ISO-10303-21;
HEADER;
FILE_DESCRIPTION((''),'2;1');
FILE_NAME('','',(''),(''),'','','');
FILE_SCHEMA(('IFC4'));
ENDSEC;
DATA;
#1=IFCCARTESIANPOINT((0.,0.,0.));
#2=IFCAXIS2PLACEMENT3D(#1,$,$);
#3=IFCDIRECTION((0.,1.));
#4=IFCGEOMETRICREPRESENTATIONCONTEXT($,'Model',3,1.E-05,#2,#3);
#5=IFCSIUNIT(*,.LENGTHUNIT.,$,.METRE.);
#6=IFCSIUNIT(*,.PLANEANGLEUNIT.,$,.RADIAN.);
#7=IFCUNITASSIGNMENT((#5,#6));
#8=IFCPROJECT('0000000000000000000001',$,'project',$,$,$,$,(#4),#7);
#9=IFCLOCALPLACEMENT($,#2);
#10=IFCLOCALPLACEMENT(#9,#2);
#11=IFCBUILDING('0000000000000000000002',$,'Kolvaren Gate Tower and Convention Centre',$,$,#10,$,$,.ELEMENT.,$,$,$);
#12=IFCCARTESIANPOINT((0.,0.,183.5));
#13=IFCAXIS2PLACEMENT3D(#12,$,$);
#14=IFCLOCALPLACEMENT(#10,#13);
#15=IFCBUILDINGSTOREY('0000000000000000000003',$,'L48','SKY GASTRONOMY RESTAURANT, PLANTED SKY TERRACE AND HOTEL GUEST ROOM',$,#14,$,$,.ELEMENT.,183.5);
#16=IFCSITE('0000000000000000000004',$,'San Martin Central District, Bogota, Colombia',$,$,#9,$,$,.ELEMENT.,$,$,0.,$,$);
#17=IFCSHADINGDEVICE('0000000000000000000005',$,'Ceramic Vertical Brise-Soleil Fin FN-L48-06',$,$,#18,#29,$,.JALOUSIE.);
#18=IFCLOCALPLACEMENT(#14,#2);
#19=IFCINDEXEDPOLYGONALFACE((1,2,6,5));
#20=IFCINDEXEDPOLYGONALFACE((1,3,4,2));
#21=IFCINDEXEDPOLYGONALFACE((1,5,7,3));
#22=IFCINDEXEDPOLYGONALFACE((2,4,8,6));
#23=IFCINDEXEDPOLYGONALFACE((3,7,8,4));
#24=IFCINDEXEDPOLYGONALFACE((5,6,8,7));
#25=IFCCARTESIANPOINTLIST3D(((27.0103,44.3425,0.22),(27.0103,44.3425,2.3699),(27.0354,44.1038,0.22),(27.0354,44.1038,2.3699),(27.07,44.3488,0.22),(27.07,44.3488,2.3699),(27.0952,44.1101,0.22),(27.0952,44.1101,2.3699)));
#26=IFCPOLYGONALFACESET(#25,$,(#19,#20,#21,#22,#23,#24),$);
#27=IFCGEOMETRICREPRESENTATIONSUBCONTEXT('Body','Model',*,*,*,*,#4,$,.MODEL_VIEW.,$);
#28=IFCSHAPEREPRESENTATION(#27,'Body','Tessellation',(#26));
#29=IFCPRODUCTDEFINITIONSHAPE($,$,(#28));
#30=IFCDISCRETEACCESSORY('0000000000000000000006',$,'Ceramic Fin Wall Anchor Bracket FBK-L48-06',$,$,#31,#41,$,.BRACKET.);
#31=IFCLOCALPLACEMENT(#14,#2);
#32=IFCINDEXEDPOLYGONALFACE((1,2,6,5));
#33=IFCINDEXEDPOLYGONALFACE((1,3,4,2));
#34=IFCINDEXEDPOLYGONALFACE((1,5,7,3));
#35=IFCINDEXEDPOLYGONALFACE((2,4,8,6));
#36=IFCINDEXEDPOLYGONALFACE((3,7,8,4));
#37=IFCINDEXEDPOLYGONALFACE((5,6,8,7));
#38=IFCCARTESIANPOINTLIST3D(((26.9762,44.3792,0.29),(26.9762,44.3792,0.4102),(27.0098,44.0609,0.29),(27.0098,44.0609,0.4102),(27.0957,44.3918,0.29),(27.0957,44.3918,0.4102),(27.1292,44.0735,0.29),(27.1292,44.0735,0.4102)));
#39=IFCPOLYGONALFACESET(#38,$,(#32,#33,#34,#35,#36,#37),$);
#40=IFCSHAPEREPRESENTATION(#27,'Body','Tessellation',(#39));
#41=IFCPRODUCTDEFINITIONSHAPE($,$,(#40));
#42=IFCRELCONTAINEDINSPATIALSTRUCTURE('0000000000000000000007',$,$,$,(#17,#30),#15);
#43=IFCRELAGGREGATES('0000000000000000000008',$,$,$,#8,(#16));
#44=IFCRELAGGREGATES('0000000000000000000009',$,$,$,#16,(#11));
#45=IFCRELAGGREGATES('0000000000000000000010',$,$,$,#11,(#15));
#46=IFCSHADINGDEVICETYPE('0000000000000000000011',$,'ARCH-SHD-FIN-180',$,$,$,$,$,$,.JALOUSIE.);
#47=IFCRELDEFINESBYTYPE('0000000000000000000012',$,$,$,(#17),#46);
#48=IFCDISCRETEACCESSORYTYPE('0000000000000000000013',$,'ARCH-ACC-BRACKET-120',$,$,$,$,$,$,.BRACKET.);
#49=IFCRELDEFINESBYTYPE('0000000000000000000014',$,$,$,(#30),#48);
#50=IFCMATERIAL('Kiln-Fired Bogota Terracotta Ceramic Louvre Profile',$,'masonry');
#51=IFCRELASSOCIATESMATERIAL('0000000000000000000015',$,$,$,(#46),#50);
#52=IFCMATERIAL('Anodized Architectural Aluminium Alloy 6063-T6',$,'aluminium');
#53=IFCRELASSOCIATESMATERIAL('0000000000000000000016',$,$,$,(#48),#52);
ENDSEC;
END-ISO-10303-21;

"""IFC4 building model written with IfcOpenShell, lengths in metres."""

from ifc_helpers import new_model, si_unit, direction, frame, origin, origin_2d, place, context, subcontext, project, spatial, rectangle, extrude, material, type_object, element, save


model = new_model("IFC4")

# Units and contexts
model_context = context("Model", 3, precision=1e-05, world=origin(), true_north=direction((0.0, 1.0)))
body_context = subcontext(model_context, "Body", "Model", "MODEL_VIEW")
ifc_project = project(units=[si_unit("LENGTHUNIT", "METRE"), si_unit("PLANEANGLEUNIT", "RADIAN")], contexts=[model_context])

# Site, building, storey
site_placement = place(None, origin())
site = spatial("IfcSite", under=ifc_project, at=site_placement, Name="San Martin Central District, Bogota, Colombia", CompositionType="ELEMENT", RefElevation=0.0)
building_placement = place(site_placement, origin())
building = spatial("IfcBuilding", under=site, at=building_placement, Name="Kolvaren Gate Tower and Convention Centre", CompositionType="ELEMENT")
storey_placement = place(building_placement, frame((0.0, 0.0, 183.5)))
storey = spatial("IfcBuildingStorey", under=building, at=storey_placement, Name="L48", Description="SKY GASTRONOMY RESTAURANT, PLANTED SKY TERRACE AND HOTEL GUEST ROOM", CompositionType="ELEMENT", Elevation=183.5)

# Shading device
ifc_material_1 = material(Name="Kiln-Fired Bogota Terracotta Ceramic Louvre Profile", Category="masonry")
shading_device_type = type_object("IfcShadingDeviceType", Name="ARCH-SHD-FIN-180", PredefinedType="JALOUSIE", material=ifc_material_1)
shading_device_placement = place(storey_placement, frame((27.0527, 44.2263, 0.22), z_axis=(0.0, 0.0, 1.0), x_axis=(0.994499, 0.104744, 0.0)))
element("IfcShadingDevice", 1, at=shading_device_placement, inside=storey, type_object=shading_device_type, Name="Ceramic Vertical Brise-Soleil Fin FN-L48-06", PredefinedType="JALOUSIE", context=body_context, shape_type="SweptSolid", body=[
    extrude(rectangle(XDim=0.0601, YDim=0.24, at=origin_2d()), origin(), (0.0, 0.0, 1.0), 2.1499),
])

# Discrete accessory
ifc_material_2 = material(Name="Anodized Architectural Aluminium Alloy 6063-T6", Category="aluminium")
discrete_accessory_type = type_object("IfcDiscreteAccessoryType", Name="ARCH-ACC-BRACKET-120", PredefinedType="BRACKET", material=ifc_material_2)
discrete_accessory_placement = place(storey_placement, frame((27.0527, 44.2263, 0.29), z_axis=(0.0, 0.0, 1.0), x_axis=(0.994499, 0.104744, 0.0)))
element("IfcDiscreteAccessory", 2, at=discrete_accessory_placement, inside=storey, type_object=discrete_accessory_type, Name="Ceramic Fin Wall Anchor Bracket FBK-L48-06", PredefinedType="BRACKET", context=body_context, shape_type="SweptSolid", body=[
    extrude(rectangle(XDim=0.1201, YDim=0.3201, at=origin_2d()), origin(), (0.0, 0.0, 1.0), 0.1201),
])

save(model, "model.ifc")
